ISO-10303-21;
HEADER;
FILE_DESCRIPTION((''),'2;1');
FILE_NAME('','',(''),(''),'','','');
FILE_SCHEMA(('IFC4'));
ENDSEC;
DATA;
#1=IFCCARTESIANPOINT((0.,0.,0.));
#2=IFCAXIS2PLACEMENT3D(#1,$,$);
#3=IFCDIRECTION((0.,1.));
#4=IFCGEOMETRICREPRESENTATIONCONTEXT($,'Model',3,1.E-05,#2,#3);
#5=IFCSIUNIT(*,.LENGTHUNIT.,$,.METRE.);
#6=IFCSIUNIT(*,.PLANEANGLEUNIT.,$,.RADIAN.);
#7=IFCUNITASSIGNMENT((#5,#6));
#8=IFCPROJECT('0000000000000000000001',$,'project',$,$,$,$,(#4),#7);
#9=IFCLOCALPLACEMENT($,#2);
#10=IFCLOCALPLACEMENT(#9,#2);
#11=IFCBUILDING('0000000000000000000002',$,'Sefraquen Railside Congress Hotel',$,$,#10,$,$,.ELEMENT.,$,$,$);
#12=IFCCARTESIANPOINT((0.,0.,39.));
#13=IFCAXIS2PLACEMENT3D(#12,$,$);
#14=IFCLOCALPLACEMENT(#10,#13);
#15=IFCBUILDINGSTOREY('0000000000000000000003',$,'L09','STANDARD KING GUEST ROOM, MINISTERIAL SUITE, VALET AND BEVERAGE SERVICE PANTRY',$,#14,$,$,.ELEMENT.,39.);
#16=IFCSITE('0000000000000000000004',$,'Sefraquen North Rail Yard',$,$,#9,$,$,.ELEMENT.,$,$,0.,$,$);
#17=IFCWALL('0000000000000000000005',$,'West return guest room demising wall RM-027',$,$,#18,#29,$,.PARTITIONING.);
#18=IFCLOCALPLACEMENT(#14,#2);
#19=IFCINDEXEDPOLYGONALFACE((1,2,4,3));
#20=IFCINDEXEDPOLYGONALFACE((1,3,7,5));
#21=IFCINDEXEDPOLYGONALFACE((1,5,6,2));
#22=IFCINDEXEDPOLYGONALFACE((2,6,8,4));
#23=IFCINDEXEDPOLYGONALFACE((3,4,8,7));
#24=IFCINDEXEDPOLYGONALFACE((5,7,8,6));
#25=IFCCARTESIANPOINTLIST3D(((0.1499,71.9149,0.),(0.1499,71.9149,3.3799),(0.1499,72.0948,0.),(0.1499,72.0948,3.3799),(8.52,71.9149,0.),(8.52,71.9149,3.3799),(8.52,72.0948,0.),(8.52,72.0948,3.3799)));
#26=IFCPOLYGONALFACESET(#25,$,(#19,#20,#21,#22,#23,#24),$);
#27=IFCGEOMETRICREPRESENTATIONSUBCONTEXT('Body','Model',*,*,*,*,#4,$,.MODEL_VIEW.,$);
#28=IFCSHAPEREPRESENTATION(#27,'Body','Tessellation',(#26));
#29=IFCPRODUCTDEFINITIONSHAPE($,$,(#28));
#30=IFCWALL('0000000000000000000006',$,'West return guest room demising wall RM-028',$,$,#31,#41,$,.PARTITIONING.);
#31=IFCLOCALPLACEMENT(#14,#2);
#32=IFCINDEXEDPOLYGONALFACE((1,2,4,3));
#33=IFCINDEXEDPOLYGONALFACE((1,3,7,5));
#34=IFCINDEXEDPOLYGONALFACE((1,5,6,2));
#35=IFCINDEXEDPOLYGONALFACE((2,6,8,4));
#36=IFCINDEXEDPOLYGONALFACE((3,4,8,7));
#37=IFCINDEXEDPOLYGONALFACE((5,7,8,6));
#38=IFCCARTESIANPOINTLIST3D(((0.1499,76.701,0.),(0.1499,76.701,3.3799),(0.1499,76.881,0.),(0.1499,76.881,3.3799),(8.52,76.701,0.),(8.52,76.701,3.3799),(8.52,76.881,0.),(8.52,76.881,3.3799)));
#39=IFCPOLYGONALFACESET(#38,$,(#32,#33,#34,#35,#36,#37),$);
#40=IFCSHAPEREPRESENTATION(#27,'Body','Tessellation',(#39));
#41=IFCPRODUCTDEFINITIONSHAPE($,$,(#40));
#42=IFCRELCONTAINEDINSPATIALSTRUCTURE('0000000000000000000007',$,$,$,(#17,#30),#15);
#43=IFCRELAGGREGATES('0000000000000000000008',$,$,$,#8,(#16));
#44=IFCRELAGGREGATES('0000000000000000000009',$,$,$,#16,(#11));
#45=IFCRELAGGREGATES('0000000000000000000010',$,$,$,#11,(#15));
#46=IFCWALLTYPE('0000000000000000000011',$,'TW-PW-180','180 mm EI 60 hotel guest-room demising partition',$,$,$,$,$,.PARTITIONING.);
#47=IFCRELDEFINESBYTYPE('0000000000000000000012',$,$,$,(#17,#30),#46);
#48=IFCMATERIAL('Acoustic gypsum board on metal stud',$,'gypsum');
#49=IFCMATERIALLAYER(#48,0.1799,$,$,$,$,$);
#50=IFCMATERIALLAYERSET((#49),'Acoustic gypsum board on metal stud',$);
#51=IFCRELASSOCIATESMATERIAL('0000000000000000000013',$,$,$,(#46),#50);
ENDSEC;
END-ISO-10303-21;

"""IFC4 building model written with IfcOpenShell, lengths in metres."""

from ifc_helpers import new_model, si_unit, direction, frame, frame_2d, origin, place, context, subcontext, project, spatial, rectangle, extrude, material, layer, layer_set, type_object, element, save


model = new_model("IFC4")

# Units and contexts
model_context = context("Model", 3, precision=1e-05, world=origin(), true_north=direction((0.0, 1.0)))
body_context = subcontext(model_context, "Body", "Model", "MODEL_VIEW")
ifc_project = project(units=[si_unit("LENGTHUNIT", "METRE"), si_unit("PLANEANGLEUNIT", "RADIAN")], contexts=[model_context])

# Site, building, storey
site_placement = place(None, origin())
site = spatial("IfcSite", under=ifc_project, at=site_placement, Name="Sefraquen North Rail Yard", CompositionType="ELEMENT", RefElevation=0.0)
building_placement = place(site_placement, origin())
building = spatial("IfcBuilding", under=site, at=building_placement, Name="Sefraquen Railside Congress Hotel", CompositionType="ELEMENT")
storey_placement = place(building_placement, frame((0.0, 0.0, 39.0)))
storey = spatial("IfcBuildingStorey", under=building, at=storey_placement, Name="L09", Description="STANDARD KING GUEST ROOM, MINISTERIAL SUITE, VALET AND BEVERAGE SERVICE PANTRY", CompositionType="ELEMENT", Elevation=39.0)

# Walls
ifc_material_1 = material(Name="Acoustic gypsum board on metal stud", Category="gypsum")
ifc_layer_1 = layer(ifc_material_1, 0.1799)
ifc_layer_set_1 = layer_set([ifc_layer_1], Name="Acoustic gypsum board on metal stud")
wall_type_1 = type_object("IfcWallType", Name="TW-PW-180", Description="180 mm EI 60 hotel guest-room demising partition", PredefinedType="PARTITIONING", material=ifc_layer_set_1)
for number, where, z_axis, x_axis, name in (
    (1, (0.1499, 72.0049, 0.0), (0.0, 0.0, 1.0), (1.0, 0.0, 0.0), "West return guest room demising wall RM-027"),
    (2, (0.1499, 76.791, 0.0), (0.0, 0.0, 1.0), (1.0, 0.0, 0.0), "West return guest room demising wall RM-028"),
):
    element("IfcWall", number, at=place(storey_placement, frame(where, z_axis=z_axis, x_axis=x_axis)), inside=storey, type_object=wall_type_1, Name=name, PredefinedType="PARTITIONING", context=body_context, shape_type="SweptSolid", body=[
        extrude(rectangle(XDim=8.3701, YDim=0.1799, at=frame_2d((4.1851, 0.0))), origin(), (0.0, 0.0, 1.0), 3.3799),
    ])

save(model, "model.ifc")
